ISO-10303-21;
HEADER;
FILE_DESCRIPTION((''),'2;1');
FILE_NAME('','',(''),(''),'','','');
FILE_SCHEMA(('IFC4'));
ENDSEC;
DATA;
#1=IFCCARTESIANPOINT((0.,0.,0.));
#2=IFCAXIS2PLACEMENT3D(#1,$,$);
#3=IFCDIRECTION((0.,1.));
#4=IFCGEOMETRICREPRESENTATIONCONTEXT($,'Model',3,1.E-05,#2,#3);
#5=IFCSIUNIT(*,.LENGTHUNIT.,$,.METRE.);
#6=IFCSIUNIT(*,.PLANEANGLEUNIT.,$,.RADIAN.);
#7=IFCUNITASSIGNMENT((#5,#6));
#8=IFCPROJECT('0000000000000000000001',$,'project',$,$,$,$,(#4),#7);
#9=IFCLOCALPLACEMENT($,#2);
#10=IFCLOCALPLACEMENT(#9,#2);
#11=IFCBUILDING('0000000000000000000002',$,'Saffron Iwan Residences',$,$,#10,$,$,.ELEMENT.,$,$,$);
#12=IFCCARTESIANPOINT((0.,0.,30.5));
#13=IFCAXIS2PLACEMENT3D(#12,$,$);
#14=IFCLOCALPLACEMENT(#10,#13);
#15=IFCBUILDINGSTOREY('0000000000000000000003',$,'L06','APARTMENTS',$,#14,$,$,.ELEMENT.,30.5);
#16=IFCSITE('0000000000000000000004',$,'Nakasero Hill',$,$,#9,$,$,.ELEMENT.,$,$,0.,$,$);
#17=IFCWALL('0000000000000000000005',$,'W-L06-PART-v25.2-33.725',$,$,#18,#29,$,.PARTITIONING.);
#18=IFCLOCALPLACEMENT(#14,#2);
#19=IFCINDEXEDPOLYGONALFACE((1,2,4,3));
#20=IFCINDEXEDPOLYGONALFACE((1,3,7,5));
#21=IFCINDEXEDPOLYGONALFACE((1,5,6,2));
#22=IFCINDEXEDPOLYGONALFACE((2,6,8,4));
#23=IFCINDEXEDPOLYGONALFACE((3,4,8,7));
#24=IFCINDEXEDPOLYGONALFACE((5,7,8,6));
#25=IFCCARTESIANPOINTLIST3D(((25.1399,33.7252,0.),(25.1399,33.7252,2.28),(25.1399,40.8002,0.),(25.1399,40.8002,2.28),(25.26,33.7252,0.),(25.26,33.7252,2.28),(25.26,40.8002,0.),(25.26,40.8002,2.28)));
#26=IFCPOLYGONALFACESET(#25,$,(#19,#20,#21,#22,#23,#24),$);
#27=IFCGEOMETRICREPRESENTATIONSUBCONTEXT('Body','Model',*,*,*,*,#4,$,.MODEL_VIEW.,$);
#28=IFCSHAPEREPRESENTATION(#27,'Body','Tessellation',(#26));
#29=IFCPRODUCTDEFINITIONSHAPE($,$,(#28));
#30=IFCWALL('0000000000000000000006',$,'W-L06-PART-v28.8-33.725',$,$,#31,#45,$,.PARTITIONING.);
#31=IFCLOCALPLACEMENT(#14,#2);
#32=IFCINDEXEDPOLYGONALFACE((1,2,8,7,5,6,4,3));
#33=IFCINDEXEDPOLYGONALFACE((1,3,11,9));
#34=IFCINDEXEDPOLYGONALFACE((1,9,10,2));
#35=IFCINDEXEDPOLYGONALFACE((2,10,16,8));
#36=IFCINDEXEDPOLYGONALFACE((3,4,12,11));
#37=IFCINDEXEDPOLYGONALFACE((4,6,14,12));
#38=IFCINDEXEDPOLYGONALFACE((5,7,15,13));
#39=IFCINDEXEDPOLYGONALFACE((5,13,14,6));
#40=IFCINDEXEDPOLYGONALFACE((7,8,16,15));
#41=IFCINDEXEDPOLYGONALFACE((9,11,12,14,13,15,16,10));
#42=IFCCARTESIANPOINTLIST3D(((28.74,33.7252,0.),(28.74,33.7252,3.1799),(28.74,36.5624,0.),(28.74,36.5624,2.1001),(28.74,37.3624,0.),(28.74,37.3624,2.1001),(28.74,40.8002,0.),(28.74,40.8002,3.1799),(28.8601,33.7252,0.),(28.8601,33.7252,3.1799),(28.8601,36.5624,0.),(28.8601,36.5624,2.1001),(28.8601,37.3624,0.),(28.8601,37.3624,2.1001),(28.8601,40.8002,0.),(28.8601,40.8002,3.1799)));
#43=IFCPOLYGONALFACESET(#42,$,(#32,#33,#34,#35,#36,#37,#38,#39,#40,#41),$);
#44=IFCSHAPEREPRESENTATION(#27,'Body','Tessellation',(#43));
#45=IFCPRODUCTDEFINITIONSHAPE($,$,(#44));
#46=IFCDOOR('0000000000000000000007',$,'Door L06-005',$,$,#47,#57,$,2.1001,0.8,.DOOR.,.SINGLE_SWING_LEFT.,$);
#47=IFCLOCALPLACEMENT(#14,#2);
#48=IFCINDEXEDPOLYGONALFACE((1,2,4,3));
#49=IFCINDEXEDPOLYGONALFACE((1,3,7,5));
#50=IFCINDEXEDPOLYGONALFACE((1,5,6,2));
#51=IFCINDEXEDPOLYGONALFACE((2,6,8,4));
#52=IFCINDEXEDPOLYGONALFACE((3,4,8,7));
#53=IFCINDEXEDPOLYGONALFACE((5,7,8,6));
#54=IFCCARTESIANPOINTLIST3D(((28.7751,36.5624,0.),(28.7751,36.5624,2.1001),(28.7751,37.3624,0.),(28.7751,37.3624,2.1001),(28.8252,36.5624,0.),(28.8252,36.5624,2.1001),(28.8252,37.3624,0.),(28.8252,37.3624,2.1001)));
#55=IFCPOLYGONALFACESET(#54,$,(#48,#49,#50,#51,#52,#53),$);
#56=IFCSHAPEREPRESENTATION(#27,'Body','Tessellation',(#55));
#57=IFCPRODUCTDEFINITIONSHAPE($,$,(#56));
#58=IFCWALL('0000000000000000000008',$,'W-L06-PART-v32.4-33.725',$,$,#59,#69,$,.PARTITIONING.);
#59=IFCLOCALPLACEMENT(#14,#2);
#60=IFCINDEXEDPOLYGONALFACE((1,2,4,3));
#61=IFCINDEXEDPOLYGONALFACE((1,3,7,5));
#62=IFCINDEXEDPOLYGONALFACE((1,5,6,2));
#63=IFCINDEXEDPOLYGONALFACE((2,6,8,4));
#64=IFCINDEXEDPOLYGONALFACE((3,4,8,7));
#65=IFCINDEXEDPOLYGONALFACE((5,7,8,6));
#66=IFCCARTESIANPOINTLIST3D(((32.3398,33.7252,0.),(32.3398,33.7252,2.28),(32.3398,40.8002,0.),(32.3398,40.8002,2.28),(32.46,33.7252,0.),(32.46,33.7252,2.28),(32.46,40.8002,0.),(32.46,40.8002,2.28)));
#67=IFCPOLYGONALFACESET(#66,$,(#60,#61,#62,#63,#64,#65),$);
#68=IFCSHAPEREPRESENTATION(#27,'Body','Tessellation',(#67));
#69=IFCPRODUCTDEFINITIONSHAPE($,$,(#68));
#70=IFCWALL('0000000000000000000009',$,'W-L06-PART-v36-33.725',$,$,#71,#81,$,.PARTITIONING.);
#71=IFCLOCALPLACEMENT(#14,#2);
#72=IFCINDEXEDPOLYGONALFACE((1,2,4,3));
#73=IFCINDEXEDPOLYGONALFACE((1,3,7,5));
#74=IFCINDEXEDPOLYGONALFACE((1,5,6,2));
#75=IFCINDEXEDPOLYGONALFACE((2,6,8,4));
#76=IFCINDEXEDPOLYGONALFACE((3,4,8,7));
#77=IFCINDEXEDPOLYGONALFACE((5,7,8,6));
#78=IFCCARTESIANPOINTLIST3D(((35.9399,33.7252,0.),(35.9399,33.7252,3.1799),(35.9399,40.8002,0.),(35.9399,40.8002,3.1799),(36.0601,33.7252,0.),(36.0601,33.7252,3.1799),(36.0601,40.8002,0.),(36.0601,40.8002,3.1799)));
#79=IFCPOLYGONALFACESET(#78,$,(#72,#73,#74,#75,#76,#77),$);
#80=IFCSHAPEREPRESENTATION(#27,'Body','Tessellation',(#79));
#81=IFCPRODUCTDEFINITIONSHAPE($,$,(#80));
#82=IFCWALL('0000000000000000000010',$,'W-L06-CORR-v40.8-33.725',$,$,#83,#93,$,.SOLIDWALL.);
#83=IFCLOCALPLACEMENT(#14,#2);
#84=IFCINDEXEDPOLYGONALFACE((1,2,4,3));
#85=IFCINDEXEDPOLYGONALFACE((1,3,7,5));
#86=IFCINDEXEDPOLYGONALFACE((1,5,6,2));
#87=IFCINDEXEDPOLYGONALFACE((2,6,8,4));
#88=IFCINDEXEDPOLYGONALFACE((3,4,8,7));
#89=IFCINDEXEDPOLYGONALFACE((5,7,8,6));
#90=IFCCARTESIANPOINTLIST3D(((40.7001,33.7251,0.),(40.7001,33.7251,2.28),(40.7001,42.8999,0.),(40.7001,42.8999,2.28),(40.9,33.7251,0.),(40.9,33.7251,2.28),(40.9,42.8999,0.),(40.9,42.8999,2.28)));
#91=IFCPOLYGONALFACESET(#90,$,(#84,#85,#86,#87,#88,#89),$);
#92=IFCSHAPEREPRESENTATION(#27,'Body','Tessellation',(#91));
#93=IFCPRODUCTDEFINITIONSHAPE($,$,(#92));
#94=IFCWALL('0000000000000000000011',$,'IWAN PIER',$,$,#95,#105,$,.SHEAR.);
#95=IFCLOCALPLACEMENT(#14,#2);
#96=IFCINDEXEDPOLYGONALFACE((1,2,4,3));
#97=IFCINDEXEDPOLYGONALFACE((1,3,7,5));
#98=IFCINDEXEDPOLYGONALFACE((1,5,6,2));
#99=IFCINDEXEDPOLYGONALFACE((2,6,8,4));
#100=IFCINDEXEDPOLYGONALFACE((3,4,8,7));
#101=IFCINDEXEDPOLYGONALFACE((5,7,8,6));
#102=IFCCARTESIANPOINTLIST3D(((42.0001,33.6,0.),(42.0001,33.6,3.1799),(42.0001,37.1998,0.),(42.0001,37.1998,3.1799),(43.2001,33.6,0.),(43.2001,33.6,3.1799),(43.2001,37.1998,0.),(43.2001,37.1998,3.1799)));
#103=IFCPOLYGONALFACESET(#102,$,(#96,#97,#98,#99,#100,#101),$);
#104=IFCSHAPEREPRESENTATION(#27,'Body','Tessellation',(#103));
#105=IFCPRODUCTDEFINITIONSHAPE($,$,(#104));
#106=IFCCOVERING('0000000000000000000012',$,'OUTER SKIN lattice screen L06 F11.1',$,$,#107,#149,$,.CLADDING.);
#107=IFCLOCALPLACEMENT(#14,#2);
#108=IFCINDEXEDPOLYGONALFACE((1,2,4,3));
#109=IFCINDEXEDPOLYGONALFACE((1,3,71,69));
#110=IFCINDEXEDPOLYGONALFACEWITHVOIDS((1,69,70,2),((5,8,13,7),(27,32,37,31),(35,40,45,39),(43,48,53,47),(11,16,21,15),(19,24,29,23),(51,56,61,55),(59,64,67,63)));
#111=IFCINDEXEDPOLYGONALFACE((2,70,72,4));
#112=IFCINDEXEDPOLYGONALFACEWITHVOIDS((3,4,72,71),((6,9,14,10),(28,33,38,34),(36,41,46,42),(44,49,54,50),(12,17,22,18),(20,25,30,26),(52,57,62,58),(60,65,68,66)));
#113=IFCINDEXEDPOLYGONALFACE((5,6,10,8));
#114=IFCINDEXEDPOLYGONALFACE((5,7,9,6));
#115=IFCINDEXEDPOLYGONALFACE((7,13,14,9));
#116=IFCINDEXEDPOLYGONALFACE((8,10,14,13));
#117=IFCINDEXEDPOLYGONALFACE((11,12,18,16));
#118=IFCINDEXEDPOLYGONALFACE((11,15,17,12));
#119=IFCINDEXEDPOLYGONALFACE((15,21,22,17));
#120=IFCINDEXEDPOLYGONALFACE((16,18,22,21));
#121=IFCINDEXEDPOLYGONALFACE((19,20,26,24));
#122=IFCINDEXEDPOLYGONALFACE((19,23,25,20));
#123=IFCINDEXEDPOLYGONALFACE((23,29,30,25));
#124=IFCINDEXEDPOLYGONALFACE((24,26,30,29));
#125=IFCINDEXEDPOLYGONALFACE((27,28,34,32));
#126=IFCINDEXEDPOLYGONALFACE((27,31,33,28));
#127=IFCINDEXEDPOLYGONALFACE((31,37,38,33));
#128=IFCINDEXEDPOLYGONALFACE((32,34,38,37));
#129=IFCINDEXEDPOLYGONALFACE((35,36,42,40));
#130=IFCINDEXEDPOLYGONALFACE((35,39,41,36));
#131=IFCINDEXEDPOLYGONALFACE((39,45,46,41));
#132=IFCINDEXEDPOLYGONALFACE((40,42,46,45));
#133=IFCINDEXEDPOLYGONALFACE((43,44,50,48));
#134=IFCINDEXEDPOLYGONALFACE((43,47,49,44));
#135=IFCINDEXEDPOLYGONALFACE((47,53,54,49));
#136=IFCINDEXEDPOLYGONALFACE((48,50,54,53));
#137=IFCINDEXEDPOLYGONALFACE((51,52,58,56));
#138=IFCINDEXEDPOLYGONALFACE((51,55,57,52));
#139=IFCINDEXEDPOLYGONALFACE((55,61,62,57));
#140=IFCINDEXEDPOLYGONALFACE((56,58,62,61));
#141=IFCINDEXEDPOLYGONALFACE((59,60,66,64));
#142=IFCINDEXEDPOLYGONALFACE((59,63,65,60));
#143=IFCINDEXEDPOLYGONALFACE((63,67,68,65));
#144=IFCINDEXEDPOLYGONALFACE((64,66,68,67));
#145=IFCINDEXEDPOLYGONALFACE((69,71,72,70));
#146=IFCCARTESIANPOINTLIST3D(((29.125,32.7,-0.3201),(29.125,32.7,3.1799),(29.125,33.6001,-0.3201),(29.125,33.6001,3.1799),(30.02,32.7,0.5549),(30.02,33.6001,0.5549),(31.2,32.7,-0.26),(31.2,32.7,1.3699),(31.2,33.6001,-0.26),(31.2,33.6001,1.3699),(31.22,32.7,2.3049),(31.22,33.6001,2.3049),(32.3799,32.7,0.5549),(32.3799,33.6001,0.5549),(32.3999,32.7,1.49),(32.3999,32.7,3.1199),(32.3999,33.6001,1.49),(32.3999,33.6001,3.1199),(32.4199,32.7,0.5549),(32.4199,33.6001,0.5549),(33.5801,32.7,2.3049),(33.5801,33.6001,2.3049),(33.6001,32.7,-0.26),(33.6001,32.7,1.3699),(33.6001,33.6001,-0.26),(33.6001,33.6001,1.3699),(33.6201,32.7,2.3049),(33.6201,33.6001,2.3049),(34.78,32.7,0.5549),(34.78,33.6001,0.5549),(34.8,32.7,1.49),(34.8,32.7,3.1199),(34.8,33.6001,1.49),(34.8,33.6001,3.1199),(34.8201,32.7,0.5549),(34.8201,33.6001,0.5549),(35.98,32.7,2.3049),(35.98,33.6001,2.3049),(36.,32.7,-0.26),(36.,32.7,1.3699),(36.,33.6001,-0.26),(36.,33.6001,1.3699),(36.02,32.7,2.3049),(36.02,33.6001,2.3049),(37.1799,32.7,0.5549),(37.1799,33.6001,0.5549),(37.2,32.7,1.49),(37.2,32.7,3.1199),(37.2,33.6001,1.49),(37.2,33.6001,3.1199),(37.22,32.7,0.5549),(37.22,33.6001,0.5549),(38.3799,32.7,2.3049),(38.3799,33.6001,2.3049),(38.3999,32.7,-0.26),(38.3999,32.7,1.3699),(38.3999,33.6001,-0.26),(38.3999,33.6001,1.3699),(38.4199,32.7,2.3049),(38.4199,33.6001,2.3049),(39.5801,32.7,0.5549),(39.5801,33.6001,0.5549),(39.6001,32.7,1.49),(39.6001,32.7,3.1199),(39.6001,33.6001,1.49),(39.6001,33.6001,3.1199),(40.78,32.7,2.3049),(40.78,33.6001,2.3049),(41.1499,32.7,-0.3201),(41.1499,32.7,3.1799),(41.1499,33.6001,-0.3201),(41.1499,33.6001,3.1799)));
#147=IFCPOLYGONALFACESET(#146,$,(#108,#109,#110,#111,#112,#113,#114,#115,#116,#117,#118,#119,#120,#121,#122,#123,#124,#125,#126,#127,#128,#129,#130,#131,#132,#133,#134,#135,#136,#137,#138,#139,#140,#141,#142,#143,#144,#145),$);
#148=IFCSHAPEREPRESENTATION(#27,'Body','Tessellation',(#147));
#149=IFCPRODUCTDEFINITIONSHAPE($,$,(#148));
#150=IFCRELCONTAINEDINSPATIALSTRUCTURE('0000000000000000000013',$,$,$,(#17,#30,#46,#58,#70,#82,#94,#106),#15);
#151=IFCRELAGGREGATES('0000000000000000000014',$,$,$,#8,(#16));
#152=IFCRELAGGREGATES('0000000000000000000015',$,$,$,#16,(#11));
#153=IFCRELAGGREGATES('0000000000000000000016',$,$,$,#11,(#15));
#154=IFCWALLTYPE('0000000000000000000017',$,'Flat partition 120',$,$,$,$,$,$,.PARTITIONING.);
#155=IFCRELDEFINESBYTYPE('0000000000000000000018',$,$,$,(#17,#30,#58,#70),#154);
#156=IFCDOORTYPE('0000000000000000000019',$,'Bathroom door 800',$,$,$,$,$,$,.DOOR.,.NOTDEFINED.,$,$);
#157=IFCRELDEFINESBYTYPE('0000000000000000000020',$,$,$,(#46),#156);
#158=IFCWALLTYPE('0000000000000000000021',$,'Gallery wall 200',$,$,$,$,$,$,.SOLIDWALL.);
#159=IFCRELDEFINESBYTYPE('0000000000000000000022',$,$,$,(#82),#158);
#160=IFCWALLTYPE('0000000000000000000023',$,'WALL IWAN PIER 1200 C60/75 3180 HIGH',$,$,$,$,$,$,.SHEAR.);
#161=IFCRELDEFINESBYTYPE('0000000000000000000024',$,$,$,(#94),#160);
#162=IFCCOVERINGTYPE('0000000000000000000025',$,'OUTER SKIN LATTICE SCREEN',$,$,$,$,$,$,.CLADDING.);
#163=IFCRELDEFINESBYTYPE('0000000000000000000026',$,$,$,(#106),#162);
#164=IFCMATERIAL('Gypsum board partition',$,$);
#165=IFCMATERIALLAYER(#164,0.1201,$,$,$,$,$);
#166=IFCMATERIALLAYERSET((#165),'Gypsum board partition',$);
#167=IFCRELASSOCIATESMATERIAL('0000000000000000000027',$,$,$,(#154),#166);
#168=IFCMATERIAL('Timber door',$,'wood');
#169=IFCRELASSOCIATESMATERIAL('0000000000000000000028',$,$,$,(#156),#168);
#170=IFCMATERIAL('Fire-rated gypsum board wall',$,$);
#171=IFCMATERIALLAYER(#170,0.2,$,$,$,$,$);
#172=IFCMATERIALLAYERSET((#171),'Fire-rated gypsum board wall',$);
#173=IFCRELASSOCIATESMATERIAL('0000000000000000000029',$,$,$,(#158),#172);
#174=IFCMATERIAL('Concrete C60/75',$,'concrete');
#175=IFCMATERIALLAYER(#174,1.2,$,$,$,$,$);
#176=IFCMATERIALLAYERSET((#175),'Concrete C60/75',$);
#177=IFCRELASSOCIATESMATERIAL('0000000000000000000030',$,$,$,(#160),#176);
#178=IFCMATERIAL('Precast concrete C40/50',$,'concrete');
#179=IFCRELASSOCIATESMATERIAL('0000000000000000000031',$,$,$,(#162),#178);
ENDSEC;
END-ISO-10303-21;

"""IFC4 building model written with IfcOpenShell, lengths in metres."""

from ifc_helpers import new_model, si_unit, direction, frame, frame_2d, origin, place, context, subcontext, project, spatial, polyline, rectangle, outline, extrude, material, layer, layer_set, type_object, element, fill, save


model = new_model("IFC4")

# Units and contexts
model_context = context("Model", 3, precision=1e-05, world=origin(), true_north=direction((0.0, 1.0)))
body_context = subcontext(model_context, "Body", "Model", "MODEL_VIEW")
ifc_project = project(units=[si_unit("LENGTHUNIT", "METRE"), si_unit("PLANEANGLEUNIT", "RADIAN")], contexts=[model_context])

# Site, building, storey
site_placement = place(None, origin())
site = spatial("IfcSite", under=ifc_project, at=site_placement, Name="Nakasero Hill", CompositionType="ELEMENT", RefElevation=0.0)
building_placement = place(site_placement, origin())
building = spatial("IfcBuilding", under=site, at=building_placement, Name="Saffron Iwan Residences", CompositionType="ELEMENT")
storey_placement = place(building_placement, frame((0.0, 0.0, 30.5)))
storey = spatial("IfcBuildingStorey", under=building, at=storey_placement, Name="L06", Description="APARTMENTS", CompositionType="ELEMENT", Elevation=30.5)

# Shared definitions
ifc_material_1 = material(Name="Gypsum board partition")
ifc_layer_1 = layer(ifc_material_1, 0.1201)
ifc_layer_set_1 = layer_set([ifc_layer_1], Name="Gypsum board partition")
wall_type_1 = type_object("IfcWallType", Name="Flat partition 120", PredefinedType="PARTITIONING", material=ifc_layer_set_1)
ifc_material_2 = material(Name="Timber door", Category="wood")

# Wall
wall_1_placement = place(storey_placement, frame((25.2, 33.7251, 0.0), z_axis=(0.0, 0.0, 1.0), x_axis=(0.0, 1.0, 0.0)))
element("IfcWall", 1, at=wall_1_placement, inside=storey, type_object=wall_type_1, Name="W-L06-PART-v25.2-33.725", PredefinedType="PARTITIONING", context=body_context, shape_type="SweptSolid", body=[
    extrude(rectangle(XDim=7.075, YDim=0.1201, at=frame_2d((3.5376, 0.0))), origin(), (0.0, 0.0, 1.0), 2.28),
])

# Wall, opening, door
wall_2_placement = place(storey_placement, frame((28.8, 33.7251, 0.0), z_axis=(0.0, 0.0, 1.0), x_axis=(0.0, 1.0, 0.0)))
wall_2 = element("IfcWall", 2, at=wall_2_placement, inside=storey, type_object=wall_type_1, Name="W-L06-PART-v28.8-33.725", PredefinedType="PARTITIONING", context=body_context, shape_type="SweptSolid", body=[
    extrude(rectangle(XDim=7.075, YDim=0.1201, at=frame_2d((3.5376, 0.0))), origin(), (0.0, 0.0, 1.0), 3.1799),
])
opening_1_placement = place(wall_2_placement, frame((2.8374, 0.0, 0.0)))
opening_1 = element("IfcOpeningElement", 3, at=opening_1_placement, cuts=wall_2, PredefinedType="OPENING", context=body_context, shape_type="SweptSolid", body=[
    extrude(rectangle(XDim=0.8, YDim=2.1001, at=frame_2d((0.3999, 1.05))), frame((0.0, 0.0701, 0.0), z_axis=(0.0, -1.0, 0.0), x_axis=(1.0, 0.0, 0.0)), (0.0, 0.0, 1.0), 0.1401),
])
door_type_1 = type_object("IfcDoorType", Name="Bathroom door 800", OperationType="NOTDEFINED", PredefinedType="DOOR", material=ifc_material_2)
door_1_placement = place(opening_1_placement, origin())
door_1 = element("IfcDoor", 4, at=door_1_placement, inside=storey, type_object=door_type_1, Name="Door L06-005", OperationType="SINGLE_SWING_LEFT", OverallHeight=2.1001, OverallWidth=0.8, PredefinedType="DOOR", context=body_context, shape_type="SweptSolid", body=[
    extrude(rectangle(XDim=0.8, YDim=2.1001, at=frame_2d((0.3999, 1.05))), frame((0.0, 0.0249, 0.0), z_axis=(0.0, -1.0, 0.0), x_axis=(1.0, 0.0, 0.0)), (0.0, 0.0, 1.0), 0.05),
])
fill(opening_1, door_1)

# Walls
wall_3_placement = place(storey_placement, frame((32.3999, 33.7251, 0.0), z_axis=(0.0, 0.0, 1.0), x_axis=(0.0, 1.0, 0.0)))
element("IfcWall", 5, at=wall_3_placement, inside=storey, type_object=wall_type_1, Name="W-L06-PART-v32.4-33.725", PredefinedType="PARTITIONING", context=body_context, shape_type="SweptSolid", body=[
    extrude(rectangle(XDim=7.075, YDim=0.1201, at=frame_2d((3.5376, 0.0))), origin(), (0.0, 0.0, 1.0), 2.28),
])
wall_4_placement = place(storey_placement, frame((36.0, 33.7251, 0.0), z_axis=(0.0, 0.0, 1.0), x_axis=(0.0, 1.0, 0.0)))
element("IfcWall", 6, at=wall_4_placement, inside=storey, type_object=wall_type_1, Name="W-L06-PART-v36-33.725", PredefinedType="PARTITIONING", context=body_context, shape_type="SweptSolid", body=[
    extrude(rectangle(XDim=7.075, YDim=0.1201, at=frame_2d((3.5376, 0.0))), origin(), (0.0, 0.0, 1.0), 3.1799),
])
ifc_material_3 = material(Name="Fire-rated gypsum board wall")
ifc_layer_2 = layer(ifc_material_3, 0.2)
ifc_layer_set_2 = layer_set([ifc_layer_2], Name="Fire-rated gypsum board wall")
wall_type_2 = type_object("IfcWallType", Name="Gallery wall 200", PredefinedType="SOLIDWALL", material=ifc_layer_set_2)
wall_5_placement = place(storey_placement, frame((40.8, 33.7251, 0.0), z_axis=(0.0, 0.0, 1.0), x_axis=(0.0, 1.0, 0.0)))
element("IfcWall", 7, at=wall_5_placement, inside=storey, type_object=wall_type_2, Name="W-L06-CORR-v40.8-33.725", PredefinedType="SOLIDWALL", context=body_context, shape_type="SweptSolid", body=[
    extrude(rectangle(XDim=9.1748, YDim=0.2, at=frame_2d((4.5874, 0.0))), origin(), (0.0, 0.0, 1.0), 2.28),
])
ifc_material_4 = material(Name="Concrete C60/75", Category="concrete")
ifc_layer_3 = layer(ifc_material_4, 1.2)
ifc_layer_set_3 = layer_set([ifc_layer_3], Name="Concrete C60/75")
wall_type_3 = type_object("IfcWallType", Name="WALL IWAN PIER 1200 C60/75 3180 HIGH", PredefinedType="SHEAR", material=ifc_layer_set_3)
wall_6_placement = place(storey_placement, frame((42.6001, 33.6001, 0.0), z_axis=(0.0, 0.0, 1.0), x_axis=(0.0, 1.0, 0.0)))
element("IfcWall", 8, at=wall_6_placement, inside=storey, type_object=wall_type_3, Name="IWAN PIER", PredefinedType="SHEAR", context=body_context, shape_type="SweptSolid", body=[
    extrude(rectangle(XDim=3.5999, YDim=1.2, at=frame_2d((1.7998, 0.0))), origin(), (0.0, 0.0, 1.0), 3.1799),
])

# Covering
ifc_material_5 = material(Name="Precast concrete C40/50", Category="concrete")
covering_type = type_object("IfcCoveringType", Name="OUTER SKIN LATTICE SCREEN", PredefinedType="CLADDING", material=ifc_material_5)
covering_placement = place(storey_placement, frame((29.125, 33.6001, -0.3201), z_axis=(0.0, -1.0, 0.0), x_axis=(1.0, 0.0, 0.0)))
element("IfcCovering", 9, at=covering_placement, inside=storey, type_object=covering_type, Name="OUTER SKIN lattice screen L06 F11.1", PredefinedType="CLADDING", context=body_context, shape_type="SweptSolid", body=[
    extrude(outline(polyline([(0.0, 0.0), (12.0249, 0.0), (12.0249, 3.5), (0.0, 3.5), (0.0, 0.0)]), holes=[polyline([(0.895, 0.875), (2.075, 0.0601), (3.2549, 0.875), (2.075, 1.6899), (0.895, 0.875)]), polyline([(3.2949, 0.875), (4.4751, 0.0601), (5.655, 0.875), (4.4751, 1.6899), (3.2949, 0.875)]), polyline([(5.6951, 0.875), (6.875, 0.0601), (8.0549, 0.875), (6.875, 1.6899), (5.6951, 0.875)]), polyline([(8.095, 0.875), (9.2749, 0.0601), (10.4551, 0.875), (9.2749, 1.6899), (8.095, 0.875)]), polyline([(2.095, 2.625), (3.2749, 1.8101), (4.4551, 2.625), (3.2749, 3.4399), (2.095, 2.625)]), polyline([(4.4951, 2.625), (5.675, 1.8101), (6.855, 2.625), (5.675, 3.4399), (4.4951, 2.625)]), polyline([(6.895, 2.625), (8.075, 1.8101), (9.2549, 2.625), (8.075, 3.4399), (6.895, 2.625)]), polyline([(9.2949, 2.625), (10.4751, 1.8101), (11.655, 2.625), (10.4751, 3.4399), (9.2949, 2.625)])]), origin(), (0.0, 0.0, 1.0), 0.9001),
])

save(model, "model.ifc")
